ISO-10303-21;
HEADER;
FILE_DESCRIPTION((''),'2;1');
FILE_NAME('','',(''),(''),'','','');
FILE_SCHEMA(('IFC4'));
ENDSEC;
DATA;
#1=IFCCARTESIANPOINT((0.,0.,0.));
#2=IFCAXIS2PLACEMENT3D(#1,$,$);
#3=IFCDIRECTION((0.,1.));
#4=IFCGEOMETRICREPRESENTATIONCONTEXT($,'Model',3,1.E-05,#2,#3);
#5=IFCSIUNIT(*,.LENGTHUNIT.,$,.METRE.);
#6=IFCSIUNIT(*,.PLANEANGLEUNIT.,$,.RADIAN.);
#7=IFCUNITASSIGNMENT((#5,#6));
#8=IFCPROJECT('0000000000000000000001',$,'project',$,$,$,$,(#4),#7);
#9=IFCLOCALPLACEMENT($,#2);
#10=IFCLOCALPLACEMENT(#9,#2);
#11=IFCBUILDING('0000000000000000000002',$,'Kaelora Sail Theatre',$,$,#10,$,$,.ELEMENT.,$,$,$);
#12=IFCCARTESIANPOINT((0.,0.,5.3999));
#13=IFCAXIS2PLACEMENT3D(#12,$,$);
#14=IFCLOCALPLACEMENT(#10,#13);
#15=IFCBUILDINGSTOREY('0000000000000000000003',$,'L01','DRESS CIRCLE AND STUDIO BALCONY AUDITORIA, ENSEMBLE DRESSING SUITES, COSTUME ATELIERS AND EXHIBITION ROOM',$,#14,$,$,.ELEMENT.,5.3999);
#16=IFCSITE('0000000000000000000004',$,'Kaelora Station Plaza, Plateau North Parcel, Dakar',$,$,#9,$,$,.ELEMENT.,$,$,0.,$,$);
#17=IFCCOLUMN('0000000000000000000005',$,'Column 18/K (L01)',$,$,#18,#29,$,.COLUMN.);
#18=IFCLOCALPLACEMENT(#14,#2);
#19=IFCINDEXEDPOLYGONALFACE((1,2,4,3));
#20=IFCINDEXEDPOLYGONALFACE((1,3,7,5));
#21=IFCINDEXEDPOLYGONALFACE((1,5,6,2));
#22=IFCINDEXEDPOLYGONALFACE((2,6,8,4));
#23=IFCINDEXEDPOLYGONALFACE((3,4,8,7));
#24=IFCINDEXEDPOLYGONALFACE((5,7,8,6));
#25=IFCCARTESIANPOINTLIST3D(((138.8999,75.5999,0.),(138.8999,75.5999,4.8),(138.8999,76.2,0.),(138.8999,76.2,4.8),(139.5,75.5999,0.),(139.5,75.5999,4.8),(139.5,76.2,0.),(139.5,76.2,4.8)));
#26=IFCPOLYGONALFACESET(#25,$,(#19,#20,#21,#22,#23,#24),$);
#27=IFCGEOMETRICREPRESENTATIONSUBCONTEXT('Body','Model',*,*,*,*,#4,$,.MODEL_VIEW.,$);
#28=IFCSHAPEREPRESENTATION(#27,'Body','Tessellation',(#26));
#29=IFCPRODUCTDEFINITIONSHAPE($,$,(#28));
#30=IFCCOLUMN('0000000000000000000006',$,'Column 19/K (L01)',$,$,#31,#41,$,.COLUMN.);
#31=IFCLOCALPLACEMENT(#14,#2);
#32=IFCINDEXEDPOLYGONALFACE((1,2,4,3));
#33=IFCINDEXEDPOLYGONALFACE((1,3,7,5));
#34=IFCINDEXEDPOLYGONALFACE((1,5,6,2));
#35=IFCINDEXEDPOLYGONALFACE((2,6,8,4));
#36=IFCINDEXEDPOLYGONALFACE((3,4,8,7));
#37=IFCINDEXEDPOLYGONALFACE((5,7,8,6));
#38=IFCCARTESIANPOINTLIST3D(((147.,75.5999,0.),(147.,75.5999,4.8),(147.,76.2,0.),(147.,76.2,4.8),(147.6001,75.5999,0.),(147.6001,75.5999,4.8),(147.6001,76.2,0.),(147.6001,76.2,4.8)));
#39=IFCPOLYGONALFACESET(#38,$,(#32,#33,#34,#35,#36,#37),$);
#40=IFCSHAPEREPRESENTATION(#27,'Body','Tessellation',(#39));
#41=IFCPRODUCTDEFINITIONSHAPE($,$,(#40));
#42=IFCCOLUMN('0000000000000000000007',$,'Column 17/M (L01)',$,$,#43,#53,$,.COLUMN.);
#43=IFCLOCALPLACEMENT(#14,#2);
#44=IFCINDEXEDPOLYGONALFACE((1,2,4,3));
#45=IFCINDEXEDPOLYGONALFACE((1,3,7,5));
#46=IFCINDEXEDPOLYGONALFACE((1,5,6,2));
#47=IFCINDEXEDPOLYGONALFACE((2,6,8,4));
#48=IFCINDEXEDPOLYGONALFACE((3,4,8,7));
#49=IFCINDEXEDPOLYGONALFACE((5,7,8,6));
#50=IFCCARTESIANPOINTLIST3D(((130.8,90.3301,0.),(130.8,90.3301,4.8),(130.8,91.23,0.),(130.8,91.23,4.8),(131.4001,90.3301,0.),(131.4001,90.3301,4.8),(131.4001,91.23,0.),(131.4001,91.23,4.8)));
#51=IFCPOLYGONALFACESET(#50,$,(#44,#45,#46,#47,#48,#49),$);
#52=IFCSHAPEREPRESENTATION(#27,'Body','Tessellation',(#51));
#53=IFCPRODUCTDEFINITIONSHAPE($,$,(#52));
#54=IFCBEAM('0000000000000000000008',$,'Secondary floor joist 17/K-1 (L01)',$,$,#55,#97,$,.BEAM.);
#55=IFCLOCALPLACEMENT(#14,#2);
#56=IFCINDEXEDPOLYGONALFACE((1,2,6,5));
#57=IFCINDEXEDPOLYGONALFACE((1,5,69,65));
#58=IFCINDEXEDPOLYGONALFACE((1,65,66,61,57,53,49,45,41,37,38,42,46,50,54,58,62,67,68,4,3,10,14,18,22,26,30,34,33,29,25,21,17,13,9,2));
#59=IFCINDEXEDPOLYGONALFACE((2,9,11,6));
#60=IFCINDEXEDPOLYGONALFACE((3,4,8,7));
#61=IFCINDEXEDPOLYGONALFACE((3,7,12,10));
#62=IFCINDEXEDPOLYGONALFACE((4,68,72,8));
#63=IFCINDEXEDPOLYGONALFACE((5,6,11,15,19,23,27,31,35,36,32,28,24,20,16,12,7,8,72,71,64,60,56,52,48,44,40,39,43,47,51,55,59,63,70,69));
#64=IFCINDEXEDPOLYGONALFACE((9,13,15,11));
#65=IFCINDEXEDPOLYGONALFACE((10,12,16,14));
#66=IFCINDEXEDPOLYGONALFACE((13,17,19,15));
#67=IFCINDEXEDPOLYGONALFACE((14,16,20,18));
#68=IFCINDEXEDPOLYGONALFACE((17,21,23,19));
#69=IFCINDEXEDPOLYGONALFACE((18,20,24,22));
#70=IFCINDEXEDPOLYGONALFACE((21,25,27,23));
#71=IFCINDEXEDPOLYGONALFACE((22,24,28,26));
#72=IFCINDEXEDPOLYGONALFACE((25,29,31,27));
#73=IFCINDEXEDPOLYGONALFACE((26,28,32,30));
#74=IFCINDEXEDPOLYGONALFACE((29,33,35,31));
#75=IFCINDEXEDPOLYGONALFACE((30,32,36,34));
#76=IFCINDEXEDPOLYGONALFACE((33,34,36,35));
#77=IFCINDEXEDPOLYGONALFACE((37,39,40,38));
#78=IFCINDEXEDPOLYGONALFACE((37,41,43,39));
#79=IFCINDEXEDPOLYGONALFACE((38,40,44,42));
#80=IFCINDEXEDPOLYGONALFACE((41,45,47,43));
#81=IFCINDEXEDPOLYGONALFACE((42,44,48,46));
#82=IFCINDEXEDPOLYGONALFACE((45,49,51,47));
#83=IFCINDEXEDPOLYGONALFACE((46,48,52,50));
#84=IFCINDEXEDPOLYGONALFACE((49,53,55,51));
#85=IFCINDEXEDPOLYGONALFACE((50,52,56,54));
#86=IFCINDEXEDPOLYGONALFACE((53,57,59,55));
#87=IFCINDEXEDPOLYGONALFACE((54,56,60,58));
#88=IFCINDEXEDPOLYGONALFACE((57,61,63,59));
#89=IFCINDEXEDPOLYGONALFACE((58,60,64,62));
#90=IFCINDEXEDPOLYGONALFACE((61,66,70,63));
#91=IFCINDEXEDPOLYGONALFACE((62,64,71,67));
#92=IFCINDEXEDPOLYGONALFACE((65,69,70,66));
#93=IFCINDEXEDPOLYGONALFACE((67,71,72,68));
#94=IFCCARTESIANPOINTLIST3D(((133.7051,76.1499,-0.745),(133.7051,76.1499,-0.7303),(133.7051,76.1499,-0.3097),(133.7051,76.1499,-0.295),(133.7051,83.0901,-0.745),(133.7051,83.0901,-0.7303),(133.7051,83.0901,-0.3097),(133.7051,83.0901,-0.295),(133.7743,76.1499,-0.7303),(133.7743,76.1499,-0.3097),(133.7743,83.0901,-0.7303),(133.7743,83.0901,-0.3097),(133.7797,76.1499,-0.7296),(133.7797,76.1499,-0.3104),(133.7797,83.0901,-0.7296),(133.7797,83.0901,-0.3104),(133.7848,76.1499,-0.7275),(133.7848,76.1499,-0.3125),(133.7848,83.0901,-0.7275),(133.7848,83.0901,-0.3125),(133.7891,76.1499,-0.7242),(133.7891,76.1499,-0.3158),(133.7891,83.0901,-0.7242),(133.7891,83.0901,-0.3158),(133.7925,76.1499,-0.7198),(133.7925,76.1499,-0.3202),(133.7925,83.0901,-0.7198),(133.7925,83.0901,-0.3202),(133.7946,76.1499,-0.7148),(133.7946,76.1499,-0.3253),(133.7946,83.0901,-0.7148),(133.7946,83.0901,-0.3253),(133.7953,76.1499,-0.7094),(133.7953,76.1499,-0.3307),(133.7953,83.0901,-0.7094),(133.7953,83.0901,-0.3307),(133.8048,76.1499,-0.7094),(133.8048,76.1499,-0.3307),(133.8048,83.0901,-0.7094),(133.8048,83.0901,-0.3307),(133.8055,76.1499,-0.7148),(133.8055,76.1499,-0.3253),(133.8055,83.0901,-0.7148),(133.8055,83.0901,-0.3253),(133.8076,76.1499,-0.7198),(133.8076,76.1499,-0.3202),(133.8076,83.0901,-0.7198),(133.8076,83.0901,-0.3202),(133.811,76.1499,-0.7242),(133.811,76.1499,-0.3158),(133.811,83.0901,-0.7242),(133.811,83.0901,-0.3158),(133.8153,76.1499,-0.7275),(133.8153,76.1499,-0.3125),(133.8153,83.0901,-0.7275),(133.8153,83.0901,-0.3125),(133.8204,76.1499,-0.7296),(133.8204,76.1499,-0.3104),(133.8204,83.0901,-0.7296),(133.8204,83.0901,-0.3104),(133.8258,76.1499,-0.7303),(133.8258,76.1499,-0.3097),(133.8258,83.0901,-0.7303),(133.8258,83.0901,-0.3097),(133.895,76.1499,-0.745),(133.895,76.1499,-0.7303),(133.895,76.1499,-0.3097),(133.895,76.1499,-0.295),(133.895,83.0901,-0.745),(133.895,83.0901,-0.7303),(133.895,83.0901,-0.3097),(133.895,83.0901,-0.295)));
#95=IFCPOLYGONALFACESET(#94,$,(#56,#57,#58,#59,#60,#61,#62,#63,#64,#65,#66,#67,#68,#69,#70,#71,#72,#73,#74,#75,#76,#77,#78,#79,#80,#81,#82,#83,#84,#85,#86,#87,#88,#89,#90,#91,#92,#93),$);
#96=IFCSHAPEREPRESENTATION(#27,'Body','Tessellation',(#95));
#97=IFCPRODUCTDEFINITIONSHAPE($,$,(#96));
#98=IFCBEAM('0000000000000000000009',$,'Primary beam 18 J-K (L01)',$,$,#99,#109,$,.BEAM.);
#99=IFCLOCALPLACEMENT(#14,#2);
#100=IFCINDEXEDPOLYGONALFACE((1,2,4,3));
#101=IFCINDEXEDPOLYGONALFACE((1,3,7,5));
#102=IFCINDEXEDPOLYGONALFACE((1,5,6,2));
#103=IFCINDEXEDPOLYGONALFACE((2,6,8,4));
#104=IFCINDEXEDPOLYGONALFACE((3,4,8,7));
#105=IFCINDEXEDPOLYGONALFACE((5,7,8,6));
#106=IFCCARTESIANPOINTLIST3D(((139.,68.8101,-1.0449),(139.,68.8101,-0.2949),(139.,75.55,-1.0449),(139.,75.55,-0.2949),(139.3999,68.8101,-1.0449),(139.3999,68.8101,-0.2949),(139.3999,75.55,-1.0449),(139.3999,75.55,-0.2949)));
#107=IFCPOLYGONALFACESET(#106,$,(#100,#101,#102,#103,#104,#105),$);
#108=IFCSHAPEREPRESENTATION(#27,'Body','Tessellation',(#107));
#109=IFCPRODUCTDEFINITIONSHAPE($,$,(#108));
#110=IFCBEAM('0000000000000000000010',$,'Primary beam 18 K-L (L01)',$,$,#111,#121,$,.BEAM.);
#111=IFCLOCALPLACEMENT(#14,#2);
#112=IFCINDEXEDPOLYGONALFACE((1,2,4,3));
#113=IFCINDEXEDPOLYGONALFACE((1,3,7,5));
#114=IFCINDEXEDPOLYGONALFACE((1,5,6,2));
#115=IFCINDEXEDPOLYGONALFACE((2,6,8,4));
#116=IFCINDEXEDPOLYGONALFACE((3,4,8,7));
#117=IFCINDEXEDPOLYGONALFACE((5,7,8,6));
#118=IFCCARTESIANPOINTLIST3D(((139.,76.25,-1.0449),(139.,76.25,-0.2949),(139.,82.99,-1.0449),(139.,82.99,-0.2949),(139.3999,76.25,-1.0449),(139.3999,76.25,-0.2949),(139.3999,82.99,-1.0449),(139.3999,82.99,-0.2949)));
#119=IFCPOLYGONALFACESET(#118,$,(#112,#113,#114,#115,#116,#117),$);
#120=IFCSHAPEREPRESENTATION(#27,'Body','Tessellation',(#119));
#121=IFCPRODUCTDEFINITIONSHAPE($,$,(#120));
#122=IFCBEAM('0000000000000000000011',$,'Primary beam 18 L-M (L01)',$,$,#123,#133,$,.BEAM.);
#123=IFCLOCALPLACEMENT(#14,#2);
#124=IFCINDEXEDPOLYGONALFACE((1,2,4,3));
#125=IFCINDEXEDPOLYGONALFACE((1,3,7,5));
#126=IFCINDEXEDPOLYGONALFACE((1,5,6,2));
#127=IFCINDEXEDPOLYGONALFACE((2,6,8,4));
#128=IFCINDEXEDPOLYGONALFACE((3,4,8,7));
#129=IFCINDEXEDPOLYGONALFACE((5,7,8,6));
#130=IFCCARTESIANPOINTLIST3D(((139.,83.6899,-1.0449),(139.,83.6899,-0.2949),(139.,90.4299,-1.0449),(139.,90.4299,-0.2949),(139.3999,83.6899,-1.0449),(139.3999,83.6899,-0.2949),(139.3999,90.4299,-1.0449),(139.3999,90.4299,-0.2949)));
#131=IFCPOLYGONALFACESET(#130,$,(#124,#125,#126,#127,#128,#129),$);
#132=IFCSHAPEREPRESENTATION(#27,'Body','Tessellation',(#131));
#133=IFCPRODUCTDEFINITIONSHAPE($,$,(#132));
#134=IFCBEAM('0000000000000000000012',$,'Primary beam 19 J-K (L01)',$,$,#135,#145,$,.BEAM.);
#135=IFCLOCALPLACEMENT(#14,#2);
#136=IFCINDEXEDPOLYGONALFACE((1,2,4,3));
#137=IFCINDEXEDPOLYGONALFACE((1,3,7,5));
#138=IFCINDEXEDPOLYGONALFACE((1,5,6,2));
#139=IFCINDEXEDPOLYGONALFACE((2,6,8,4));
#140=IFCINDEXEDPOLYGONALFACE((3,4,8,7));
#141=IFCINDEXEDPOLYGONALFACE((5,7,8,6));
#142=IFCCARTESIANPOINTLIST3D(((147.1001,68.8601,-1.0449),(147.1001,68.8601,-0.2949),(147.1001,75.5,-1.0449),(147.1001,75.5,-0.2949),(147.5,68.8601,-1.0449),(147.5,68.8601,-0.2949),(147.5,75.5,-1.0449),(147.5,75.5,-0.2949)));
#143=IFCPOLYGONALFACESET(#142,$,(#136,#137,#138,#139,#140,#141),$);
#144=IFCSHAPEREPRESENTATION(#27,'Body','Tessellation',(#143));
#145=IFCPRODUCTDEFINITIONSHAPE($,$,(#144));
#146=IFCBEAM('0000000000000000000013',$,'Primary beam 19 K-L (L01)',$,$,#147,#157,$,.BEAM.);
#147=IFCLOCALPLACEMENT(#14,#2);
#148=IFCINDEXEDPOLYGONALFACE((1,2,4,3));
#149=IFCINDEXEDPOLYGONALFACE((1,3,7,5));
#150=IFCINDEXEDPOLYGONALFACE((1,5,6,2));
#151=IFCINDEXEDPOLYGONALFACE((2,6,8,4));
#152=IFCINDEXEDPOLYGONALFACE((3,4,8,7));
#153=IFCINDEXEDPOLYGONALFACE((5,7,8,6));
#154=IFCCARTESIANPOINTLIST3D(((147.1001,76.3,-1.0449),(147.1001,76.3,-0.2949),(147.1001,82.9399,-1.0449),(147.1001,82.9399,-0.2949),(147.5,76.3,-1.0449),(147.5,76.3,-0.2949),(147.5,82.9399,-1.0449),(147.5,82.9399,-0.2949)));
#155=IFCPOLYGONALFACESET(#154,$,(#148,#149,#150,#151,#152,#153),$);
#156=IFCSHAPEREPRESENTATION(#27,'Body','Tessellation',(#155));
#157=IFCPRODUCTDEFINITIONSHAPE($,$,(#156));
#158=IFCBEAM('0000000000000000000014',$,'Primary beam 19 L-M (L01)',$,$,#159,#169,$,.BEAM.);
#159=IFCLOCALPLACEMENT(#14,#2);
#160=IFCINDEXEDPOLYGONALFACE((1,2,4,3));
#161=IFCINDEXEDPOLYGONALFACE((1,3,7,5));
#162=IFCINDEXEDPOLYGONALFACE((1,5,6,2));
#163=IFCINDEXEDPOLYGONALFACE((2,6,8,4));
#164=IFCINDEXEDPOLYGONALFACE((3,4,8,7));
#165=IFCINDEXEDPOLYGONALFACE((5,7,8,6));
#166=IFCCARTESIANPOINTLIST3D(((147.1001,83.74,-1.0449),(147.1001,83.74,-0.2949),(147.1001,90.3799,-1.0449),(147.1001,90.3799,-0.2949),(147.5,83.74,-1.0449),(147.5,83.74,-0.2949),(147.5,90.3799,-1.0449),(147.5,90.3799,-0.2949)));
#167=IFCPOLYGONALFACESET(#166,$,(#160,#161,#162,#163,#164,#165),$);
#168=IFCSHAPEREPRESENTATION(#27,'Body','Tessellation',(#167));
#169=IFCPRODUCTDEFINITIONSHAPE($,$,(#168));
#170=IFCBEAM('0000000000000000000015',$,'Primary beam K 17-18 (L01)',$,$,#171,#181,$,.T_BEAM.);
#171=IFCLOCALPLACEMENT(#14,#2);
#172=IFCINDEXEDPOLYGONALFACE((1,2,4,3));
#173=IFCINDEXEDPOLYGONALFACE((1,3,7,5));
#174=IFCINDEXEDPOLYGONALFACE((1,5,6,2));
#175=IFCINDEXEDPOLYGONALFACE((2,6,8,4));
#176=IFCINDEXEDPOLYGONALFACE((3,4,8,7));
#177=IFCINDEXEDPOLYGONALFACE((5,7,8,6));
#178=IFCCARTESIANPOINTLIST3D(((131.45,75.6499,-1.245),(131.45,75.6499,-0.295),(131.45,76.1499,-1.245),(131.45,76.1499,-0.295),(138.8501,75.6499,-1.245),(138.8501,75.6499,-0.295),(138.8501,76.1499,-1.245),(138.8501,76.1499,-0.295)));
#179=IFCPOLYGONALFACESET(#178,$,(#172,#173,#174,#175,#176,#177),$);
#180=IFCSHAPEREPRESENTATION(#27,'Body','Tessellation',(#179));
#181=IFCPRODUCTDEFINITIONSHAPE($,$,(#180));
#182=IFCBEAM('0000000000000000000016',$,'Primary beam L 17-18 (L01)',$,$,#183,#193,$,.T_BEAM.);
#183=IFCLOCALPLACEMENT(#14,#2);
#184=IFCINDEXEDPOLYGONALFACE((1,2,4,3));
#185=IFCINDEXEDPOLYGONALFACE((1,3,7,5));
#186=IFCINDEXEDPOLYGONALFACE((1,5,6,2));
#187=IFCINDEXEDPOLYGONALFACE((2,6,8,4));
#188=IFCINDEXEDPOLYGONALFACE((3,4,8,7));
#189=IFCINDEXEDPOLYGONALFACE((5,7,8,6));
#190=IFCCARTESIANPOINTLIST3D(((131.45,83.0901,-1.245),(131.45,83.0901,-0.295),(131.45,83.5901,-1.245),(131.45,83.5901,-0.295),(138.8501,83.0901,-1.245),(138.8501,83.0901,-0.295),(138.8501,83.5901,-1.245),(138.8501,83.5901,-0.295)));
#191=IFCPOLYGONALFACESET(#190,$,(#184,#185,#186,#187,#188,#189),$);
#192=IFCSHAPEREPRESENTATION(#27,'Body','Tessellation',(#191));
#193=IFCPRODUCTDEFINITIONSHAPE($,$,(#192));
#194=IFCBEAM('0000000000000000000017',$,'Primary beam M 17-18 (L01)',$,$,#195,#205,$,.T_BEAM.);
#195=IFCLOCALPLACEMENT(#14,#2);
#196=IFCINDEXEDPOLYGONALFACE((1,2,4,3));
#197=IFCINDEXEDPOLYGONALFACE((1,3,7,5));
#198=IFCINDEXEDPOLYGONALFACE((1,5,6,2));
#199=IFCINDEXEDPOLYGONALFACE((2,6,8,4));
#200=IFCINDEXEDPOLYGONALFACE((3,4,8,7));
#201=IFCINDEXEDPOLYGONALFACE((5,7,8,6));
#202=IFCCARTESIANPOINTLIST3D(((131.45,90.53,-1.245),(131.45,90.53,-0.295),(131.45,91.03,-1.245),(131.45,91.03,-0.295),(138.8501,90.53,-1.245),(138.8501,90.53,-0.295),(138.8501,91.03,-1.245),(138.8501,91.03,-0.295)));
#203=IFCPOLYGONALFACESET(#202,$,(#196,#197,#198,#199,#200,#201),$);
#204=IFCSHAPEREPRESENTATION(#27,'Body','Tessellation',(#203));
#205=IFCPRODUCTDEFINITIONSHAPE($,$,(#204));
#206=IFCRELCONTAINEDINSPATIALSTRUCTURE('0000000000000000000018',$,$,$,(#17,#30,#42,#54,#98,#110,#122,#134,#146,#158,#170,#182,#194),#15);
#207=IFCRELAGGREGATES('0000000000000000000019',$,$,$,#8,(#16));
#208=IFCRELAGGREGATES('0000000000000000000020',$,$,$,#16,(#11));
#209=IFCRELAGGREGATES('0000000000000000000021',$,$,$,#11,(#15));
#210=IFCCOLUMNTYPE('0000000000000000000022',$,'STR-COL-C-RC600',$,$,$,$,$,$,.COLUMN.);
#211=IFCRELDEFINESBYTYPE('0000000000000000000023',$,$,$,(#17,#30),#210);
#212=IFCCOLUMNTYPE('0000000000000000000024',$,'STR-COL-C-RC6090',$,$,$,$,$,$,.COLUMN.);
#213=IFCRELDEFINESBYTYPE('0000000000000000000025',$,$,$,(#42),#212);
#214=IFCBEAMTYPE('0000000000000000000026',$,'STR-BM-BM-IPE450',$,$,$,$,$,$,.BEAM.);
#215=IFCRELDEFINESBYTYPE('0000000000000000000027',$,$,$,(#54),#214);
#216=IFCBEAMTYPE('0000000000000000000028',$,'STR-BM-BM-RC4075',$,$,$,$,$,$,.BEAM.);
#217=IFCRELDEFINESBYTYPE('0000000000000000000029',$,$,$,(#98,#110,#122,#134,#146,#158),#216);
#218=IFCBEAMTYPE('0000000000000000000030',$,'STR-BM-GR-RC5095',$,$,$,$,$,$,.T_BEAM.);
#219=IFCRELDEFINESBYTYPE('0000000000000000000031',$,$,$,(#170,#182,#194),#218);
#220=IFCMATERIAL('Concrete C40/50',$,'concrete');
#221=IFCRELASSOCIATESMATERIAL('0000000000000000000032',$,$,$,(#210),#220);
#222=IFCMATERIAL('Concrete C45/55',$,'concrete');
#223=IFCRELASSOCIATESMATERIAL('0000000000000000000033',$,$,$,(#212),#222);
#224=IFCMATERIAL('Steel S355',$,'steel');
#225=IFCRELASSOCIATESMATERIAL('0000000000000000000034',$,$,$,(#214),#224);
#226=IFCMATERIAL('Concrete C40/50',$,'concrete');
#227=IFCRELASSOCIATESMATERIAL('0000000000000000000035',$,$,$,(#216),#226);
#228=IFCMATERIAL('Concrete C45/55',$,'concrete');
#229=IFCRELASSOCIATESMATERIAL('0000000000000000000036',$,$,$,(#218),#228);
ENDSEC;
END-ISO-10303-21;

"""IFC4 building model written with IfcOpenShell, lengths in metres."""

from ifc_helpers import new_model, si_unit, direction, frame, origin, origin_2d, place, context, subcontext, project, spatial, rectangle, i_section, extrude, material, material_profile, profile_set, type_object, element, save


model = new_model("IFC4")

# Units and contexts
model_context = context("Model", 3, precision=1e-05, world=origin(), true_north=direction((0.0, 1.0)))
body_context = subcontext(model_context, "Body", "Model", "MODEL_VIEW")
ifc_project = project(units=[si_unit("LENGTHUNIT", "METRE"), si_unit("PLANEANGLEUNIT", "RADIAN")], contexts=[model_context])

# Site, building, storey
site_placement = place(None, origin())
site = spatial("IfcSite", under=ifc_project, at=site_placement, Name="Kaelora Station Plaza, Plateau North Parcel, Dakar", CompositionType="ELEMENT", RefElevation=0.0)
building_placement = place(site_placement, origin())
building = spatial("IfcBuilding", under=site, at=building_placement, Name="Kaelora Sail Theatre", CompositionType="ELEMENT")
storey_placement = place(building_placement, frame((0.0, 0.0, 5.3999)))
storey = spatial("IfcBuildingStorey", under=building, at=storey_placement, Name="L01", Description="DRESS CIRCLE AND STUDIO BALCONY AUDITORIA, ENSEMBLE DRESSING SUITES, COSTUME ATELIERS AND EXHIBITION ROOM", CompositionType="ELEMENT", Elevation=5.3999)

# Columns
ifc_material_1 = material(Name="Concrete C40/50", Category="concrete")
ifc_material_profile_1 = material_profile(ifc_material_1, rectangle(XDim=0.6001, YDim=0.6001, at=origin_2d()), Name="RC-COL 600x600")
ifc_profile_set_1 = profile_set([ifc_material_profile_1], Name="Concrete C40/50")
column_type_1 = type_object("IfcColumnType", Name="STR-COL-C-RC600", PredefinedType="COLUMN", material=ifc_profile_set_1)
for number, where, z_axis, x_axis, name in (
    (1, (139.2, 75.8999, 0.0), (0.0, 0.0, 1.0), (1.0, 0.0, 0.0), "Column 18/K (L01)"),
    (2, (147.3, 75.8999, 0.0), (0.0, 0.0, 1.0), (1.0, 0.0, 0.0), "Column 19/K (L01)"),
):
    element("IfcColumn", number, at=place(storey_placement, frame(where, z_axis=z_axis, x_axis=x_axis)), inside=storey, type_object=column_type_1, Name=name, PredefinedType="COLUMN", context=body_context, shape_type="SweptSolid", body=[
        extrude(rectangle(XDim=0.6001, YDim=0.6001, at=origin_2d()), origin(), (0.0, 0.0, 1.0), 4.8),
    ])
ifc_material_2 = material(Name="Concrete C45/55", Category="concrete")
ifc_material_profile_2 = material_profile(ifc_material_2, rectangle(XDim=0.6001, YDim=0.8999, at=origin_2d()), Name="RC-COL 600x900")
ifc_profile_set_2 = profile_set([ifc_material_profile_2], Name="Concrete C45/55")
column_type_2 = type_object("IfcColumnType", Name="STR-COL-C-RC6090", PredefinedType="COLUMN", material=ifc_profile_set_2)
column_placement = place(storey_placement, frame((131.1001, 90.78, 0.0), z_axis=(0.0, 0.0, 1.0), x_axis=(1.0, 0.0, 0.0)))
element("IfcColumn", 3, at=column_placement, inside=storey, type_object=column_type_2, Name="Column 17/M (L01)", PredefinedType="COLUMN", context=body_context, shape_type="SweptSolid", body=[
    extrude(rectangle(XDim=0.6001, YDim=0.8999, at=origin_2d()), origin(), (0.0, 0.0, 1.0), 4.8),
])

# Beams
ifc_material_3 = material(Name="Steel S355", Category="steel")
ifc_material_profile_3 = material_profile(ifc_material_3, i_section(OverallWidth=0.1899, OverallDepth=0.45, WebThickness=0.0095, FlangeThickness=0.0146, FilletRadius=0.021, at=origin_2d()), Name="IPE 450")
ifc_profile_set_3 = profile_set([ifc_material_profile_3], Name="Steel S355")
beam_type_1 = type_object("IfcBeamType", Name="STR-BM-BM-IPE450", PredefinedType="BEAM", material=ifc_profile_set_3)
beam_1_placement = place(storey_placement, frame((133.8, 76.1499, -0.52), z_axis=(0.0, 1.0, 0.0), x_axis=(-1.0, 0.0, 0.0)))
element("IfcBeam", 4, at=beam_1_placement, inside=storey, type_object=beam_type_1, Name="Secondary floor joist 17/K-1 (L01)", PredefinedType="BEAM", context=body_context, shape_type="SweptSolid", body=[
    extrude(i_section(OverallWidth=0.1899, OverallDepth=0.45, WebThickness=0.0095, FlangeThickness=0.0146, FilletRadius=0.021, at=origin_2d()), origin(), (0.0, 0.0, 1.0), 6.9402),
])
ifc_material_4 = material(Name="Concrete C40/50", Category="concrete")
ifc_material_profile_4 = material_profile(ifc_material_4, rectangle(XDim=0.3999, YDim=0.75, at=origin_2d()), Name="RC-BM 400x750")
ifc_profile_set_4 = profile_set([ifc_material_profile_4], Name="Concrete C40/50")
beam_type_2 = type_object("IfcBeamType", Name="STR-BM-BM-RC4075", PredefinedType="BEAM", material=ifc_profile_set_4)
for number, where, z_axis, x_axis, name in (
    (5, (139.2, 68.8101, -0.6699), (0.0, 1.0, 0.0), (-1.0, 0.0, 0.0), "Primary beam 18 J-K (L01)"),
    (6, (139.2, 76.25, -0.6699), (0.0, 1.0, 0.0), (-1.0, 0.0, 0.0), "Primary beam 18 K-L (L01)"),
    (7, (139.2, 83.6899, -0.6699), (0.0, 1.0, 0.0), (-1.0, 0.0, 0.0), "Primary beam 18 L-M (L01)"),
):
    element("IfcBeam", number, at=place(storey_placement, frame(where, z_axis=z_axis, x_axis=x_axis)), inside=storey, type_object=beam_type_2, Name=name, PredefinedType="BEAM", context=body_context, shape_type="SweptSolid", body=[
        extrude(rectangle(XDim=0.3999, YDim=0.75, at=origin_2d()), origin(), (0.0, 0.0, 1.0), 6.74),
    ])
for number, where, z_axis, x_axis, name in (
    (8, (147.3, 68.8601, -0.6699), (0.0, 1.0, 0.0), (-1.0, 0.0, 0.0), "Primary beam 19 J-K (L01)"),
    (9, (147.3, 76.3, -0.6699), (0.0, 1.0, 0.0), (-1.0, 0.0, 0.0), "Primary beam 19 K-L (L01)"),
    (10, (147.3, 83.74, -0.6699), (0.0, 1.0, 0.0), (-1.0, 0.0, 0.0), "Primary beam 19 L-M (L01)"),
):
    element("IfcBeam", number, at=place(storey_placement, frame(where, z_axis=z_axis, x_axis=x_axis)), inside=storey, type_object=beam_type_2, Name=name, PredefinedType="BEAM", context=body_context, shape_type="SweptSolid", body=[
        extrude(rectangle(XDim=0.3999, YDim=0.75, at=origin_2d()), origin(), (0.0, 0.0, 1.0), 6.6399),
    ])
ifc_material_5 = material(Name="Concrete C45/55", Category="concrete")
ifc_material_profile_5 = material_profile(ifc_material_5, rectangle(XDim=0.5, YDim=0.95, at=origin_2d()), Name="RC-GRD 500x950")
ifc_profile_set_5 = profile_set([ifc_material_profile_5], Name="Concrete C45/55")
beam_type_3 = type_object("IfcBeamType", Name="STR-BM-GR-RC5095", PredefinedType="T_BEAM", material=ifc_profile_set_5)
for number, where, z_axis, x_axis, name in (
    (11, (131.45, 75.8999, -0.77), (1.0, 0.0, 0.0), (0.0, 1.0, 0.0), "Primary beam K 17-18 (L01)"),
    (12, (131.45, 83.3401, -0.77), (1.0, 0.0, 0.0), (0.0, 1.0, 0.0), "Primary beam L 17-18 (L01)"),
    (13, (131.45, 90.78, -0.77), (1.0, 0.0, 0.0), (0.0, 1.0, 0.0), "Primary beam M 17-18 (L01)"),
):
    element("IfcBeam", number, at=place(storey_placement, frame(where, z_axis=z_axis, x_axis=x_axis)), inside=storey, type_object=beam_type_3, Name=name, PredefinedType="T_BEAM", context=body_context, shape_type="SweptSolid", body=[
        extrude(rectangle(XDim=0.5, YDim=0.95, at=origin_2d()), origin(), (0.0, 0.0, 1.0), 7.4001),
    ])

save(model, "model.ifc")
